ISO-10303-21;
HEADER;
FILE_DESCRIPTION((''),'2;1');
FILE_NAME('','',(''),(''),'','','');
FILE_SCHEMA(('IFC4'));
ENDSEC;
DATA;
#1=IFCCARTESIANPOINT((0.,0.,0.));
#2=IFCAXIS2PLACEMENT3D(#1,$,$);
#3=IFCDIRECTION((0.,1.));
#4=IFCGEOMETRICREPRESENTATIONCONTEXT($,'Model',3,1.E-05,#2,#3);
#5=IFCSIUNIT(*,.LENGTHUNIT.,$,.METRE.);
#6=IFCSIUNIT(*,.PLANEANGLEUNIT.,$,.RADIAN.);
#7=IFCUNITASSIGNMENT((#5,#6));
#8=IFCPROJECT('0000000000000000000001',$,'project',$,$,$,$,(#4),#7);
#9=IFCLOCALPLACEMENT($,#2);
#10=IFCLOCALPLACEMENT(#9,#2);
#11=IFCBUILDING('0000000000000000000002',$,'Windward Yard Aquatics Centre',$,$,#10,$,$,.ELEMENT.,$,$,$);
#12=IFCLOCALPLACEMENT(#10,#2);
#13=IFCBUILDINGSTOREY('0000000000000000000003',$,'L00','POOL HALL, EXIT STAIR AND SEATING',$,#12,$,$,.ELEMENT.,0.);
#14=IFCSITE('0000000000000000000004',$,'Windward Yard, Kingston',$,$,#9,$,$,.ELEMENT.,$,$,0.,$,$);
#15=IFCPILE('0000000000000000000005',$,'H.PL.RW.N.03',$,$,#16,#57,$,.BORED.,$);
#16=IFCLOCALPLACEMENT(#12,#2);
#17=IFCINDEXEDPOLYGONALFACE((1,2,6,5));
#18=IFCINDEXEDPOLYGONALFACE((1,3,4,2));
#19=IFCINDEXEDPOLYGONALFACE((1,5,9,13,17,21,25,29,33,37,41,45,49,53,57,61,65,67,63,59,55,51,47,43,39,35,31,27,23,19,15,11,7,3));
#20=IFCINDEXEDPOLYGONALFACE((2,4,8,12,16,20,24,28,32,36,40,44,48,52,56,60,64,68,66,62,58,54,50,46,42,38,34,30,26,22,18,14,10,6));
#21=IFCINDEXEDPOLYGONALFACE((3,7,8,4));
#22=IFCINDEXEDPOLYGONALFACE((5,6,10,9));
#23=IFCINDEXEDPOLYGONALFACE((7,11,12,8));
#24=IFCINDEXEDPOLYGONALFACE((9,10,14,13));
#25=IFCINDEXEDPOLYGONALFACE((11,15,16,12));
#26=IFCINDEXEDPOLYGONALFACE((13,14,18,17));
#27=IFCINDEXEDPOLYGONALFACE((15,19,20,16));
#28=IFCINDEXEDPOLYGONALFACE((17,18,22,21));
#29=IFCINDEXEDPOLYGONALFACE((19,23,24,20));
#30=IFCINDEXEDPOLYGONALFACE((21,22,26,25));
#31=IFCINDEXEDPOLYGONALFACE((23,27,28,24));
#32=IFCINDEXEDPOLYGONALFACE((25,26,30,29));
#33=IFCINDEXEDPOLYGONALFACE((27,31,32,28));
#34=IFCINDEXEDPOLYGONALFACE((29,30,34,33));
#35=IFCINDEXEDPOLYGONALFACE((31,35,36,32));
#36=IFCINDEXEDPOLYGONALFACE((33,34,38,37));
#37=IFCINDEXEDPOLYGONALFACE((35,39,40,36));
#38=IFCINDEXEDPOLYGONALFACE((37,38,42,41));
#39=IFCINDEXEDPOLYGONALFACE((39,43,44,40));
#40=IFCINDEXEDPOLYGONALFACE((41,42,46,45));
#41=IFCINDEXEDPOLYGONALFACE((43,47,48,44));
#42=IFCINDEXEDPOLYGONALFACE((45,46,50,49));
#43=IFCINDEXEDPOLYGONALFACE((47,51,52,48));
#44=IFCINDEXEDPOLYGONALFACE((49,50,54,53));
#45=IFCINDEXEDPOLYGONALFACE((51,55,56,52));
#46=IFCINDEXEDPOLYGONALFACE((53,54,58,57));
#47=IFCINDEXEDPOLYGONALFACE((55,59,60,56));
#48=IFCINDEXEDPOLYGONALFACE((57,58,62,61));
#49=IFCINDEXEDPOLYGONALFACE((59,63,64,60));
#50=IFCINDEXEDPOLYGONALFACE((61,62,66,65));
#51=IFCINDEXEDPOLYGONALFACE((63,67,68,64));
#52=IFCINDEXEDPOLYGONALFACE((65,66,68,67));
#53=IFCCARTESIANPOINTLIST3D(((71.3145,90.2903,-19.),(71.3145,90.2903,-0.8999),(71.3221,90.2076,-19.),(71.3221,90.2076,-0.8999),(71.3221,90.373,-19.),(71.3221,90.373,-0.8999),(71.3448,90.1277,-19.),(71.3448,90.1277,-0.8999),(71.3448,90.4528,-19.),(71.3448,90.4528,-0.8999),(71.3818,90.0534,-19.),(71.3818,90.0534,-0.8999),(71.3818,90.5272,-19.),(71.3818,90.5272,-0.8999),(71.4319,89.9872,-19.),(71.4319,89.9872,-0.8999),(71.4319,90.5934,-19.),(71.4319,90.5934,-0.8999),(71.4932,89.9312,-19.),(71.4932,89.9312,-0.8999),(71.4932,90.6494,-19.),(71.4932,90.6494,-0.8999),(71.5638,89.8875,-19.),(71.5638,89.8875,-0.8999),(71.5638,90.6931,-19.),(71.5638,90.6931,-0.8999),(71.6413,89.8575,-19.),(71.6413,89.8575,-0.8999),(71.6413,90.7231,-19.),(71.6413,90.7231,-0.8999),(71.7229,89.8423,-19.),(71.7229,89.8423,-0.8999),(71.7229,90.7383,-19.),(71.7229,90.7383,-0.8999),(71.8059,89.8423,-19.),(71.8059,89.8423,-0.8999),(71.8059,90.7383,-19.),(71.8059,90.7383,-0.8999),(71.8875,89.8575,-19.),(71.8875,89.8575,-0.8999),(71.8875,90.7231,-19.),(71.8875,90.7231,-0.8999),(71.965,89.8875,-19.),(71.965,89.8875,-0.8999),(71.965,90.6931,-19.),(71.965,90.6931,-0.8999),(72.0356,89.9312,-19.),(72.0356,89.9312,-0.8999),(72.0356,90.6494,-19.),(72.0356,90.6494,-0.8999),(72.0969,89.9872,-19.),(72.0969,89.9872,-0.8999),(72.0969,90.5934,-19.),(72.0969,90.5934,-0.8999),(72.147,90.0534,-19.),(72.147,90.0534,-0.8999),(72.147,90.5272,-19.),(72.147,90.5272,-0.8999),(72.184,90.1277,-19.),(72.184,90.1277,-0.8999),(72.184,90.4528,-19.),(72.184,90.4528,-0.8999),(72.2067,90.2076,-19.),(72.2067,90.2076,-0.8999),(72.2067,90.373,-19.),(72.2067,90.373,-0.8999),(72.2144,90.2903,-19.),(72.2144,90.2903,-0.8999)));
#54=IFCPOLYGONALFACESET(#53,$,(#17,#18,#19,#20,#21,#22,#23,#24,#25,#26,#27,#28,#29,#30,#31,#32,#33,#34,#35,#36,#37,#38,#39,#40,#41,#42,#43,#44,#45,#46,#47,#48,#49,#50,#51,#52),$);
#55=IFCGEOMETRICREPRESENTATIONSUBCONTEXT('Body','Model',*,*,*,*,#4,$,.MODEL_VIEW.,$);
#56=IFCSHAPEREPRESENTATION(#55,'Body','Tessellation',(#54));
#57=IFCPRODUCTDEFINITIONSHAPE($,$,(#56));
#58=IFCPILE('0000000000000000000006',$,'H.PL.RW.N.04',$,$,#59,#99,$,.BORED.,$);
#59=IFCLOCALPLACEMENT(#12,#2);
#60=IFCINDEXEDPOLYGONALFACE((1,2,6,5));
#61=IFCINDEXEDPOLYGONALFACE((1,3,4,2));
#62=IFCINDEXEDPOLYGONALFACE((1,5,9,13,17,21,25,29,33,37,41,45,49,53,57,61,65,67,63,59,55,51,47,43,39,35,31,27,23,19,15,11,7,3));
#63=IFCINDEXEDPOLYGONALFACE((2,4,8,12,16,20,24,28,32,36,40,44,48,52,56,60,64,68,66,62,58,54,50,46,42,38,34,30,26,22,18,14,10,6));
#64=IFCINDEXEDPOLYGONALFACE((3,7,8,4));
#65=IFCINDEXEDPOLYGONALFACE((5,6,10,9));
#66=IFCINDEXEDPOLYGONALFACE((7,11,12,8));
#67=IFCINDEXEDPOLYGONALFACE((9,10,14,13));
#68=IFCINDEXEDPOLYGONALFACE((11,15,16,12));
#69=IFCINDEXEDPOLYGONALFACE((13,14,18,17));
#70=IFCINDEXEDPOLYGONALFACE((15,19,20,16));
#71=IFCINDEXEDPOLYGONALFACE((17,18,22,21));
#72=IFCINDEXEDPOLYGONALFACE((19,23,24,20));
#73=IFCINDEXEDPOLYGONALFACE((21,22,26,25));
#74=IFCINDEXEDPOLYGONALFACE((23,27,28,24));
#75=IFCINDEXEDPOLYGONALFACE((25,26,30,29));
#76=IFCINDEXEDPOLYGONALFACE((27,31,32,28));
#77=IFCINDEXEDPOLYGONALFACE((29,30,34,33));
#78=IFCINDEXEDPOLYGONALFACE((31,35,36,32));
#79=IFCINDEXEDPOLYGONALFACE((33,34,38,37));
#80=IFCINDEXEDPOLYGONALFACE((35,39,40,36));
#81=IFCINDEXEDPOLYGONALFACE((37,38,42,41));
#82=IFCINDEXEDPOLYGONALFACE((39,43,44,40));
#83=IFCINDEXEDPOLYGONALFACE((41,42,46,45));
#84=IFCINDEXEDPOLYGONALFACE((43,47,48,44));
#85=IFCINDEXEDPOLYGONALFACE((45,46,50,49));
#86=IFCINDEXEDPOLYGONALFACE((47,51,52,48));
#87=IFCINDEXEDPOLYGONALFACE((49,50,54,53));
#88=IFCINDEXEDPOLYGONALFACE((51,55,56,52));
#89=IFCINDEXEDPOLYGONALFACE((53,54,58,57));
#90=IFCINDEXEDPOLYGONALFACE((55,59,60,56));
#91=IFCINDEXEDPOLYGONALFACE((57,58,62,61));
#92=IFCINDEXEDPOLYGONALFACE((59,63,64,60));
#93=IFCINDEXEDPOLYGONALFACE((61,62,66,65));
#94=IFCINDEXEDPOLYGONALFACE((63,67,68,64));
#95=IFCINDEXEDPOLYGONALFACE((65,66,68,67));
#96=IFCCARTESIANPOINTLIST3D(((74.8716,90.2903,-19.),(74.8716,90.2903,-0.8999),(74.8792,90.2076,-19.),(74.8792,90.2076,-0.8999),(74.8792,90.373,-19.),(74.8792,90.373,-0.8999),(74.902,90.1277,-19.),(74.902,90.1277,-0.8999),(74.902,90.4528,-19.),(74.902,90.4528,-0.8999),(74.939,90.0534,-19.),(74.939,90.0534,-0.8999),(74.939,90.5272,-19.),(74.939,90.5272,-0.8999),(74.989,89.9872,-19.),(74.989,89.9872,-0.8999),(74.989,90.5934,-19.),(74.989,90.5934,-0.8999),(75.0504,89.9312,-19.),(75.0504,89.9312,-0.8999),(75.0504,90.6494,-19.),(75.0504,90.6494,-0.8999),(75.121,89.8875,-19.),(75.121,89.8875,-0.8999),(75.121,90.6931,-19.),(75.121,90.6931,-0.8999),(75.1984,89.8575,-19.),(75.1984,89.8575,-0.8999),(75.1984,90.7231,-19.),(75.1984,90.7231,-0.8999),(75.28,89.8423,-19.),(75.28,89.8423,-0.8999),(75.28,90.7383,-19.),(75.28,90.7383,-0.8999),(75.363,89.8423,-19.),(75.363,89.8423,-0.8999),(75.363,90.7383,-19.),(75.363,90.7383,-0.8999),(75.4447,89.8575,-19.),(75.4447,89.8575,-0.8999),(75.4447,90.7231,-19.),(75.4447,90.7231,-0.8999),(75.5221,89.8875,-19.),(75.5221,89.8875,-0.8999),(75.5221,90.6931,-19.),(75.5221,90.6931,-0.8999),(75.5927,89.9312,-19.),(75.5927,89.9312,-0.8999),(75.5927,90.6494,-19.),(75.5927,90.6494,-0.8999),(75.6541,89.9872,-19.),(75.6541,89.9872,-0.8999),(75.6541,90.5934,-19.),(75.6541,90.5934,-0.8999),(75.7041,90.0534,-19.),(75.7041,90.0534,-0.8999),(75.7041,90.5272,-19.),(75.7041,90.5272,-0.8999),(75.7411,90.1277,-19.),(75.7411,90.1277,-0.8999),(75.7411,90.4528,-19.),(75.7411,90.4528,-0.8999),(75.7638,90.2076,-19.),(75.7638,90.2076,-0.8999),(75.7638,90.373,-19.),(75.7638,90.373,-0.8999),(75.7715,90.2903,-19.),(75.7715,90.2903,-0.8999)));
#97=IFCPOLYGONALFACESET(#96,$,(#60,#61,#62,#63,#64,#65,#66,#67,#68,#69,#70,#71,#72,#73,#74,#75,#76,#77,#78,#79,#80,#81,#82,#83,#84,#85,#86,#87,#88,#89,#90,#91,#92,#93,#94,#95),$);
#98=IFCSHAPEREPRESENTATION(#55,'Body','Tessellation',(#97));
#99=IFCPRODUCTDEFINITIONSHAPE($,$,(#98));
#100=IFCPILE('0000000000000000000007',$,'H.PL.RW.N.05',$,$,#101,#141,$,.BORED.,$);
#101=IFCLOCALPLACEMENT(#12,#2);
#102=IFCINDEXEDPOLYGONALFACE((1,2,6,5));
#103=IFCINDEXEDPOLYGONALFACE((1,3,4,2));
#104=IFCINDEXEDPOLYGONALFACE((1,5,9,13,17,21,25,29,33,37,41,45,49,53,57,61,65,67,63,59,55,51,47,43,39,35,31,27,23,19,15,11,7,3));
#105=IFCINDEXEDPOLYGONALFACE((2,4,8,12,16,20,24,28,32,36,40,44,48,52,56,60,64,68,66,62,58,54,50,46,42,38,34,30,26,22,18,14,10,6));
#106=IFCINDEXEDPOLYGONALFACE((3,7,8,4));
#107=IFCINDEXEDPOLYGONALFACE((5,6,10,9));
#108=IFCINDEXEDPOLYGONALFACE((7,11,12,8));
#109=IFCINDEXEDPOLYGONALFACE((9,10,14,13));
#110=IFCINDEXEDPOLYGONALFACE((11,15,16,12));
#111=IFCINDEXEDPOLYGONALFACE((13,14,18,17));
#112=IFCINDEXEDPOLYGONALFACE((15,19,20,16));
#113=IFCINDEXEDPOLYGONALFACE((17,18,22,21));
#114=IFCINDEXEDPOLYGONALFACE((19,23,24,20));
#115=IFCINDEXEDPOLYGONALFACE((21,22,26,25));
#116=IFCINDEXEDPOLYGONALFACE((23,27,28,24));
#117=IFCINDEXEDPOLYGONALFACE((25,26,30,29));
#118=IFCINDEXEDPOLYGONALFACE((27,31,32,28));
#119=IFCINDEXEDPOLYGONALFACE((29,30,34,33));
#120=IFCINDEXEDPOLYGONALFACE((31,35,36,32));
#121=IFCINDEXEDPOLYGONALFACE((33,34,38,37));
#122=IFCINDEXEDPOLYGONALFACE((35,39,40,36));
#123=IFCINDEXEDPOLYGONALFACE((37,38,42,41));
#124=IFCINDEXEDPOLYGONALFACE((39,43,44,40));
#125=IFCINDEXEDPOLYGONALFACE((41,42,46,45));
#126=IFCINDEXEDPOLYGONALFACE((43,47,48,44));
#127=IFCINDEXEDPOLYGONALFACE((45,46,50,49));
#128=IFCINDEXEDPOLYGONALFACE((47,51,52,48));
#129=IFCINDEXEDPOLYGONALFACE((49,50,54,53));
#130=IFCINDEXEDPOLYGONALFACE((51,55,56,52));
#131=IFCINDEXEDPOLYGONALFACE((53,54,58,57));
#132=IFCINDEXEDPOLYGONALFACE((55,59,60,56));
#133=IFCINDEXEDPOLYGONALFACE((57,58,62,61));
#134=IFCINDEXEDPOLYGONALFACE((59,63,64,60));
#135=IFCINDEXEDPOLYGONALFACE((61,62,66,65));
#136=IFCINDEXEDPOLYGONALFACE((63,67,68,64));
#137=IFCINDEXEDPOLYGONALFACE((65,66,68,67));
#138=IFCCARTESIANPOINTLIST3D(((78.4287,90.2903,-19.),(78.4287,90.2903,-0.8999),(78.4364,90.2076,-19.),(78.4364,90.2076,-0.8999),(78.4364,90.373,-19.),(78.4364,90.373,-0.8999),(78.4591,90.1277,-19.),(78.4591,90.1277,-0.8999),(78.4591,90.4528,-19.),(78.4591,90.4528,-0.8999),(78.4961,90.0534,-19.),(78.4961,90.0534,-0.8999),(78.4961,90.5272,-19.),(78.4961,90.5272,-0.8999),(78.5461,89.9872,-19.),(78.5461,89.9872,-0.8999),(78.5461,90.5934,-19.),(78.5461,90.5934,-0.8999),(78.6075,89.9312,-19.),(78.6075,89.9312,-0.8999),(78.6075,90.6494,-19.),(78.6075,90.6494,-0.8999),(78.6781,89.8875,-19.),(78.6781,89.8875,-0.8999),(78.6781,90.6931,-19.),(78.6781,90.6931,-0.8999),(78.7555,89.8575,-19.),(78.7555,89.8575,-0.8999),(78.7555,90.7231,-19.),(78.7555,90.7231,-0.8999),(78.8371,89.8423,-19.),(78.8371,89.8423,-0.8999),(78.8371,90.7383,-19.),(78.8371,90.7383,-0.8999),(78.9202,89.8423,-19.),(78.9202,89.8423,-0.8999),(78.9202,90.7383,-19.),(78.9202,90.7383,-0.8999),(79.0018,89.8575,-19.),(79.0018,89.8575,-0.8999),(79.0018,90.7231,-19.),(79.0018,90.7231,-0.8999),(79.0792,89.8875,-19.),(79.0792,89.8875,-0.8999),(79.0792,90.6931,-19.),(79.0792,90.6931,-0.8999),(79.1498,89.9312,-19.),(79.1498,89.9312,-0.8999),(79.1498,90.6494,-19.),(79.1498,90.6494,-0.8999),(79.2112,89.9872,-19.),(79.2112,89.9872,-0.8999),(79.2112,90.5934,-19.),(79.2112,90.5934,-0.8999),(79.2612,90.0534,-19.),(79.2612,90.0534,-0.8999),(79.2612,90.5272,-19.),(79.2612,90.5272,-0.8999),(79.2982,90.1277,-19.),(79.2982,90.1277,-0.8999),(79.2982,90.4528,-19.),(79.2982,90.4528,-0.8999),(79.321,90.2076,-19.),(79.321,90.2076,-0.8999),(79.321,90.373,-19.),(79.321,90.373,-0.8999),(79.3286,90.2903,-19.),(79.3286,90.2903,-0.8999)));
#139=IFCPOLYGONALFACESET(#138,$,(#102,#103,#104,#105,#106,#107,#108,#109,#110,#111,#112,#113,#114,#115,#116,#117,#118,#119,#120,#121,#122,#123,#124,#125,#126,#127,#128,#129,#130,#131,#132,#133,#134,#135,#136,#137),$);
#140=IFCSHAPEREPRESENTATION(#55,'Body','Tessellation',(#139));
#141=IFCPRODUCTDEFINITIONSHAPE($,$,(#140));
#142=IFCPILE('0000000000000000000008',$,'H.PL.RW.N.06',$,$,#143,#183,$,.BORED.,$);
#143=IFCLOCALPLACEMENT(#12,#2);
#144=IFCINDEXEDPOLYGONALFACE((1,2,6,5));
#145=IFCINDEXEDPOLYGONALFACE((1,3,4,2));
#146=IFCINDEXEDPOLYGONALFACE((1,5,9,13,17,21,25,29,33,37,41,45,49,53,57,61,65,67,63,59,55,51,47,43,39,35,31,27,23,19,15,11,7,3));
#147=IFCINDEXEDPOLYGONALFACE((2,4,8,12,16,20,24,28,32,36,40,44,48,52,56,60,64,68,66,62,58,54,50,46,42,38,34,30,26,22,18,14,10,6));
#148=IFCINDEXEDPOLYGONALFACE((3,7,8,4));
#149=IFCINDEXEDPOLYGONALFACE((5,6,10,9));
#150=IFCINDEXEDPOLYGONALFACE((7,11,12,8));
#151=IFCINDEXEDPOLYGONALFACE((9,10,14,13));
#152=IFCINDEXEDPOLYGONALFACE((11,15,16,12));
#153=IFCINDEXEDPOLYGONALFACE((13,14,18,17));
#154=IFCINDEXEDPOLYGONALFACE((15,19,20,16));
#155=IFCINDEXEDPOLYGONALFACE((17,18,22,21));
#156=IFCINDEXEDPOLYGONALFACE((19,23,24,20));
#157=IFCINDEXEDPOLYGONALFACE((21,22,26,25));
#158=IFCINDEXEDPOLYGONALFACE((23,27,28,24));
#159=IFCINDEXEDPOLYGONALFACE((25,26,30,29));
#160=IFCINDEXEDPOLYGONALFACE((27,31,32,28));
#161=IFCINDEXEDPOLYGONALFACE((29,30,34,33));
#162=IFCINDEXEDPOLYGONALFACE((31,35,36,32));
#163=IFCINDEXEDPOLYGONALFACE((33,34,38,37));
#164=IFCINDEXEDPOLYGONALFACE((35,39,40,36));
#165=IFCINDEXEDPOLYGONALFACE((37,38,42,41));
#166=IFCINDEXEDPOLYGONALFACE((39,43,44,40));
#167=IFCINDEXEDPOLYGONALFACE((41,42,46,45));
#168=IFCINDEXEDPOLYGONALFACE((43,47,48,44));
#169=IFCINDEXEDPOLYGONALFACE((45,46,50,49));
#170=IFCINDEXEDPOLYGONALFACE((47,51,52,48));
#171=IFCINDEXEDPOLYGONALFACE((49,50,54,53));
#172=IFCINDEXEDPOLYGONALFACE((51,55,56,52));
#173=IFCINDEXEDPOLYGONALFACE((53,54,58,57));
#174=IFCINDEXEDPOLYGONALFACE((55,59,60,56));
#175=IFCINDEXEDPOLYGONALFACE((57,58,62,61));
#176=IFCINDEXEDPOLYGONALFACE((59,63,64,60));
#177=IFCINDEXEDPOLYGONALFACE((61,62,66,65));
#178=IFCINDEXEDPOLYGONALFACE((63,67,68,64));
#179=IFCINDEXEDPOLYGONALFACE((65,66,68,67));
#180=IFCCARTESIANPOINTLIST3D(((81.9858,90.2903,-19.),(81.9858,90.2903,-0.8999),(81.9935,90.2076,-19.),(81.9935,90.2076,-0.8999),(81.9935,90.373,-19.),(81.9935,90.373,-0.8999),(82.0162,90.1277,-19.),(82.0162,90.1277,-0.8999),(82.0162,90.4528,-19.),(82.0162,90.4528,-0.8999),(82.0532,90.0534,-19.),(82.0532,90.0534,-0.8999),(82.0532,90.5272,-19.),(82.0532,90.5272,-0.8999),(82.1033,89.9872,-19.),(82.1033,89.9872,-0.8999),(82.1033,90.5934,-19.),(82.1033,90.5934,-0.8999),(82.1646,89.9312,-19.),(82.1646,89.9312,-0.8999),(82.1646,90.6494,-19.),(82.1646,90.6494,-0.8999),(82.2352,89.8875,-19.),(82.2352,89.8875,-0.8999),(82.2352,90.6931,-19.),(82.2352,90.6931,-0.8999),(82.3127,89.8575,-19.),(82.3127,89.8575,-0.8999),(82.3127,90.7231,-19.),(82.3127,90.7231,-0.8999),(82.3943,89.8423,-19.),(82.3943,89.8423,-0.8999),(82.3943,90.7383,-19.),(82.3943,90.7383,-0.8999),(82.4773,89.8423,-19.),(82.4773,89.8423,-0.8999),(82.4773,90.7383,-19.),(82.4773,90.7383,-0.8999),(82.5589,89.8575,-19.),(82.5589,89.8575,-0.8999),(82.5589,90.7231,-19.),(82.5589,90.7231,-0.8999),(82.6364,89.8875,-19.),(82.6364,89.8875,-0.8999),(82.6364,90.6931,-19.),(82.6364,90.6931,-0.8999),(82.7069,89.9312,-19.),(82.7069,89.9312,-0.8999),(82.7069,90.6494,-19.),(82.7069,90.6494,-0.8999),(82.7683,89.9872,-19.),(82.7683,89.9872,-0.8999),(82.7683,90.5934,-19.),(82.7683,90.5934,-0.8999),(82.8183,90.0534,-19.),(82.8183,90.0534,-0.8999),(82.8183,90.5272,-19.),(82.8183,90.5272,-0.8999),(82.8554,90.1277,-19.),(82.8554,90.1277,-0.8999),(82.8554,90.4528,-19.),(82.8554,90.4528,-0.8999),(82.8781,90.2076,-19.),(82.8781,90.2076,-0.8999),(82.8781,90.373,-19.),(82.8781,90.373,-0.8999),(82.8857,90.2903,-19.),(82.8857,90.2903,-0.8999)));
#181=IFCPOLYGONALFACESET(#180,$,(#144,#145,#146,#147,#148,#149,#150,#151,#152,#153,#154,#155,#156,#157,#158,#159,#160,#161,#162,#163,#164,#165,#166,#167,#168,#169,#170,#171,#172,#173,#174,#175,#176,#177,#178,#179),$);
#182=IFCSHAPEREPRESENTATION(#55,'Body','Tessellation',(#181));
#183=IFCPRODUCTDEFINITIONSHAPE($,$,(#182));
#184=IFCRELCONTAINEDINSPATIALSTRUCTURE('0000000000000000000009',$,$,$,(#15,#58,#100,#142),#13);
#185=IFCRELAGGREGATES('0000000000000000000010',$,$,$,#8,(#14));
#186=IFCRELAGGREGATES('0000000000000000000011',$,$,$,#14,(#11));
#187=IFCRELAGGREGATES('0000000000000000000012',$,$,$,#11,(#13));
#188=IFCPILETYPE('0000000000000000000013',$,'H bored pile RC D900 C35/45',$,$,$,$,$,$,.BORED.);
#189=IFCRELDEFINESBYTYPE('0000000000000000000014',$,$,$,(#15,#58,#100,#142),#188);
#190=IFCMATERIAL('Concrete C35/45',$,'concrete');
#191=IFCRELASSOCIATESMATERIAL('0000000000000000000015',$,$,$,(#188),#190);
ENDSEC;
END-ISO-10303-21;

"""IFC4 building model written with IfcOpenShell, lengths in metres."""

from ifc_helpers import new_model, si_unit, direction, frame, origin, origin_2d, place, context, subcontext, project, spatial, circle, extrude, material, material_profile, profile_set, type_object, element, save


model = new_model("IFC4")

# Units and contexts
model_context = context("Model", 3, precision=1e-05, world=origin(), true_north=direction((0.0, 1.0)))
body_context = subcontext(model_context, "Body", "Model", "MODEL_VIEW")
ifc_project = project(units=[si_unit("LENGTHUNIT", "METRE"), si_unit("PLANEANGLEUNIT", "RADIAN")], contexts=[model_context])

# Site, building, storey
site_placement = place(None, origin())
site = spatial("IfcSite", under=ifc_project, at=site_placement, Name="Windward Yard, Kingston", CompositionType="ELEMENT", RefElevation=0.0)
building_placement = place(site_placement, origin())
building = spatial("IfcBuilding", under=site, at=building_placement, Name="Windward Yard Aquatics Centre", CompositionType="ELEMENT")
storey_placement = place(building_placement, origin())
storey = spatial("IfcBuildingStorey", under=building, at=storey_placement, Name="L00", Description="POOL HALL, EXIT STAIR AND SEATING", CompositionType="ELEMENT", Elevation=0.0)

# Piles
ifc_material_1 = material(Name="Concrete C35/45", Category="concrete")
ifc_material_profile_1 = material_profile(ifc_material_1, circle(Radius=0.45, at=origin_2d()), Name="RC D900")
ifc_profile_set_1 = profile_set([ifc_material_profile_1], Name="Concrete C35/45")
pile_type = type_object("IfcPileType", Name="H bored pile RC D900 C35/45", PredefinedType="BORED", material=ifc_profile_set_1)
for number, where, z_axis, x_axis, name in (
    (1, (71.7644, 90.2903, -0.8999), (0.0, 0.0, -1.0), (1.0, 0.0, 0.0), "H.PL.RW.N.03"),
    (2, (75.3215, 90.2903, -0.8999), (0.0, 0.0, -1.0), (1.0, 0.0, 0.0), "H.PL.RW.N.04"),
    (3, (78.8787, 90.2903, -0.8999), (0.0, 0.0, -1.0), (1.0, 0.0, 0.0), "H.PL.RW.N.05"),
    (4, (82.4358, 90.2903, -0.8999), (0.0, 0.0, -1.0), (1.0, 0.0, 0.0), "H.PL.RW.N.06"),
):
    element("IfcPile", number, at=place(storey_placement, frame(where, z_axis=z_axis, x_axis=x_axis)), inside=storey, type_object=pile_type, Name=name, PredefinedType="BORED", context=body_context, shape_type="SweptSolid", body=[
        extrude(circle(Radius=0.45, at=origin_2d()), origin(), (0.0, 0.0, 1.0), 18.1001),
    ])

save(model, "model.ifc")
